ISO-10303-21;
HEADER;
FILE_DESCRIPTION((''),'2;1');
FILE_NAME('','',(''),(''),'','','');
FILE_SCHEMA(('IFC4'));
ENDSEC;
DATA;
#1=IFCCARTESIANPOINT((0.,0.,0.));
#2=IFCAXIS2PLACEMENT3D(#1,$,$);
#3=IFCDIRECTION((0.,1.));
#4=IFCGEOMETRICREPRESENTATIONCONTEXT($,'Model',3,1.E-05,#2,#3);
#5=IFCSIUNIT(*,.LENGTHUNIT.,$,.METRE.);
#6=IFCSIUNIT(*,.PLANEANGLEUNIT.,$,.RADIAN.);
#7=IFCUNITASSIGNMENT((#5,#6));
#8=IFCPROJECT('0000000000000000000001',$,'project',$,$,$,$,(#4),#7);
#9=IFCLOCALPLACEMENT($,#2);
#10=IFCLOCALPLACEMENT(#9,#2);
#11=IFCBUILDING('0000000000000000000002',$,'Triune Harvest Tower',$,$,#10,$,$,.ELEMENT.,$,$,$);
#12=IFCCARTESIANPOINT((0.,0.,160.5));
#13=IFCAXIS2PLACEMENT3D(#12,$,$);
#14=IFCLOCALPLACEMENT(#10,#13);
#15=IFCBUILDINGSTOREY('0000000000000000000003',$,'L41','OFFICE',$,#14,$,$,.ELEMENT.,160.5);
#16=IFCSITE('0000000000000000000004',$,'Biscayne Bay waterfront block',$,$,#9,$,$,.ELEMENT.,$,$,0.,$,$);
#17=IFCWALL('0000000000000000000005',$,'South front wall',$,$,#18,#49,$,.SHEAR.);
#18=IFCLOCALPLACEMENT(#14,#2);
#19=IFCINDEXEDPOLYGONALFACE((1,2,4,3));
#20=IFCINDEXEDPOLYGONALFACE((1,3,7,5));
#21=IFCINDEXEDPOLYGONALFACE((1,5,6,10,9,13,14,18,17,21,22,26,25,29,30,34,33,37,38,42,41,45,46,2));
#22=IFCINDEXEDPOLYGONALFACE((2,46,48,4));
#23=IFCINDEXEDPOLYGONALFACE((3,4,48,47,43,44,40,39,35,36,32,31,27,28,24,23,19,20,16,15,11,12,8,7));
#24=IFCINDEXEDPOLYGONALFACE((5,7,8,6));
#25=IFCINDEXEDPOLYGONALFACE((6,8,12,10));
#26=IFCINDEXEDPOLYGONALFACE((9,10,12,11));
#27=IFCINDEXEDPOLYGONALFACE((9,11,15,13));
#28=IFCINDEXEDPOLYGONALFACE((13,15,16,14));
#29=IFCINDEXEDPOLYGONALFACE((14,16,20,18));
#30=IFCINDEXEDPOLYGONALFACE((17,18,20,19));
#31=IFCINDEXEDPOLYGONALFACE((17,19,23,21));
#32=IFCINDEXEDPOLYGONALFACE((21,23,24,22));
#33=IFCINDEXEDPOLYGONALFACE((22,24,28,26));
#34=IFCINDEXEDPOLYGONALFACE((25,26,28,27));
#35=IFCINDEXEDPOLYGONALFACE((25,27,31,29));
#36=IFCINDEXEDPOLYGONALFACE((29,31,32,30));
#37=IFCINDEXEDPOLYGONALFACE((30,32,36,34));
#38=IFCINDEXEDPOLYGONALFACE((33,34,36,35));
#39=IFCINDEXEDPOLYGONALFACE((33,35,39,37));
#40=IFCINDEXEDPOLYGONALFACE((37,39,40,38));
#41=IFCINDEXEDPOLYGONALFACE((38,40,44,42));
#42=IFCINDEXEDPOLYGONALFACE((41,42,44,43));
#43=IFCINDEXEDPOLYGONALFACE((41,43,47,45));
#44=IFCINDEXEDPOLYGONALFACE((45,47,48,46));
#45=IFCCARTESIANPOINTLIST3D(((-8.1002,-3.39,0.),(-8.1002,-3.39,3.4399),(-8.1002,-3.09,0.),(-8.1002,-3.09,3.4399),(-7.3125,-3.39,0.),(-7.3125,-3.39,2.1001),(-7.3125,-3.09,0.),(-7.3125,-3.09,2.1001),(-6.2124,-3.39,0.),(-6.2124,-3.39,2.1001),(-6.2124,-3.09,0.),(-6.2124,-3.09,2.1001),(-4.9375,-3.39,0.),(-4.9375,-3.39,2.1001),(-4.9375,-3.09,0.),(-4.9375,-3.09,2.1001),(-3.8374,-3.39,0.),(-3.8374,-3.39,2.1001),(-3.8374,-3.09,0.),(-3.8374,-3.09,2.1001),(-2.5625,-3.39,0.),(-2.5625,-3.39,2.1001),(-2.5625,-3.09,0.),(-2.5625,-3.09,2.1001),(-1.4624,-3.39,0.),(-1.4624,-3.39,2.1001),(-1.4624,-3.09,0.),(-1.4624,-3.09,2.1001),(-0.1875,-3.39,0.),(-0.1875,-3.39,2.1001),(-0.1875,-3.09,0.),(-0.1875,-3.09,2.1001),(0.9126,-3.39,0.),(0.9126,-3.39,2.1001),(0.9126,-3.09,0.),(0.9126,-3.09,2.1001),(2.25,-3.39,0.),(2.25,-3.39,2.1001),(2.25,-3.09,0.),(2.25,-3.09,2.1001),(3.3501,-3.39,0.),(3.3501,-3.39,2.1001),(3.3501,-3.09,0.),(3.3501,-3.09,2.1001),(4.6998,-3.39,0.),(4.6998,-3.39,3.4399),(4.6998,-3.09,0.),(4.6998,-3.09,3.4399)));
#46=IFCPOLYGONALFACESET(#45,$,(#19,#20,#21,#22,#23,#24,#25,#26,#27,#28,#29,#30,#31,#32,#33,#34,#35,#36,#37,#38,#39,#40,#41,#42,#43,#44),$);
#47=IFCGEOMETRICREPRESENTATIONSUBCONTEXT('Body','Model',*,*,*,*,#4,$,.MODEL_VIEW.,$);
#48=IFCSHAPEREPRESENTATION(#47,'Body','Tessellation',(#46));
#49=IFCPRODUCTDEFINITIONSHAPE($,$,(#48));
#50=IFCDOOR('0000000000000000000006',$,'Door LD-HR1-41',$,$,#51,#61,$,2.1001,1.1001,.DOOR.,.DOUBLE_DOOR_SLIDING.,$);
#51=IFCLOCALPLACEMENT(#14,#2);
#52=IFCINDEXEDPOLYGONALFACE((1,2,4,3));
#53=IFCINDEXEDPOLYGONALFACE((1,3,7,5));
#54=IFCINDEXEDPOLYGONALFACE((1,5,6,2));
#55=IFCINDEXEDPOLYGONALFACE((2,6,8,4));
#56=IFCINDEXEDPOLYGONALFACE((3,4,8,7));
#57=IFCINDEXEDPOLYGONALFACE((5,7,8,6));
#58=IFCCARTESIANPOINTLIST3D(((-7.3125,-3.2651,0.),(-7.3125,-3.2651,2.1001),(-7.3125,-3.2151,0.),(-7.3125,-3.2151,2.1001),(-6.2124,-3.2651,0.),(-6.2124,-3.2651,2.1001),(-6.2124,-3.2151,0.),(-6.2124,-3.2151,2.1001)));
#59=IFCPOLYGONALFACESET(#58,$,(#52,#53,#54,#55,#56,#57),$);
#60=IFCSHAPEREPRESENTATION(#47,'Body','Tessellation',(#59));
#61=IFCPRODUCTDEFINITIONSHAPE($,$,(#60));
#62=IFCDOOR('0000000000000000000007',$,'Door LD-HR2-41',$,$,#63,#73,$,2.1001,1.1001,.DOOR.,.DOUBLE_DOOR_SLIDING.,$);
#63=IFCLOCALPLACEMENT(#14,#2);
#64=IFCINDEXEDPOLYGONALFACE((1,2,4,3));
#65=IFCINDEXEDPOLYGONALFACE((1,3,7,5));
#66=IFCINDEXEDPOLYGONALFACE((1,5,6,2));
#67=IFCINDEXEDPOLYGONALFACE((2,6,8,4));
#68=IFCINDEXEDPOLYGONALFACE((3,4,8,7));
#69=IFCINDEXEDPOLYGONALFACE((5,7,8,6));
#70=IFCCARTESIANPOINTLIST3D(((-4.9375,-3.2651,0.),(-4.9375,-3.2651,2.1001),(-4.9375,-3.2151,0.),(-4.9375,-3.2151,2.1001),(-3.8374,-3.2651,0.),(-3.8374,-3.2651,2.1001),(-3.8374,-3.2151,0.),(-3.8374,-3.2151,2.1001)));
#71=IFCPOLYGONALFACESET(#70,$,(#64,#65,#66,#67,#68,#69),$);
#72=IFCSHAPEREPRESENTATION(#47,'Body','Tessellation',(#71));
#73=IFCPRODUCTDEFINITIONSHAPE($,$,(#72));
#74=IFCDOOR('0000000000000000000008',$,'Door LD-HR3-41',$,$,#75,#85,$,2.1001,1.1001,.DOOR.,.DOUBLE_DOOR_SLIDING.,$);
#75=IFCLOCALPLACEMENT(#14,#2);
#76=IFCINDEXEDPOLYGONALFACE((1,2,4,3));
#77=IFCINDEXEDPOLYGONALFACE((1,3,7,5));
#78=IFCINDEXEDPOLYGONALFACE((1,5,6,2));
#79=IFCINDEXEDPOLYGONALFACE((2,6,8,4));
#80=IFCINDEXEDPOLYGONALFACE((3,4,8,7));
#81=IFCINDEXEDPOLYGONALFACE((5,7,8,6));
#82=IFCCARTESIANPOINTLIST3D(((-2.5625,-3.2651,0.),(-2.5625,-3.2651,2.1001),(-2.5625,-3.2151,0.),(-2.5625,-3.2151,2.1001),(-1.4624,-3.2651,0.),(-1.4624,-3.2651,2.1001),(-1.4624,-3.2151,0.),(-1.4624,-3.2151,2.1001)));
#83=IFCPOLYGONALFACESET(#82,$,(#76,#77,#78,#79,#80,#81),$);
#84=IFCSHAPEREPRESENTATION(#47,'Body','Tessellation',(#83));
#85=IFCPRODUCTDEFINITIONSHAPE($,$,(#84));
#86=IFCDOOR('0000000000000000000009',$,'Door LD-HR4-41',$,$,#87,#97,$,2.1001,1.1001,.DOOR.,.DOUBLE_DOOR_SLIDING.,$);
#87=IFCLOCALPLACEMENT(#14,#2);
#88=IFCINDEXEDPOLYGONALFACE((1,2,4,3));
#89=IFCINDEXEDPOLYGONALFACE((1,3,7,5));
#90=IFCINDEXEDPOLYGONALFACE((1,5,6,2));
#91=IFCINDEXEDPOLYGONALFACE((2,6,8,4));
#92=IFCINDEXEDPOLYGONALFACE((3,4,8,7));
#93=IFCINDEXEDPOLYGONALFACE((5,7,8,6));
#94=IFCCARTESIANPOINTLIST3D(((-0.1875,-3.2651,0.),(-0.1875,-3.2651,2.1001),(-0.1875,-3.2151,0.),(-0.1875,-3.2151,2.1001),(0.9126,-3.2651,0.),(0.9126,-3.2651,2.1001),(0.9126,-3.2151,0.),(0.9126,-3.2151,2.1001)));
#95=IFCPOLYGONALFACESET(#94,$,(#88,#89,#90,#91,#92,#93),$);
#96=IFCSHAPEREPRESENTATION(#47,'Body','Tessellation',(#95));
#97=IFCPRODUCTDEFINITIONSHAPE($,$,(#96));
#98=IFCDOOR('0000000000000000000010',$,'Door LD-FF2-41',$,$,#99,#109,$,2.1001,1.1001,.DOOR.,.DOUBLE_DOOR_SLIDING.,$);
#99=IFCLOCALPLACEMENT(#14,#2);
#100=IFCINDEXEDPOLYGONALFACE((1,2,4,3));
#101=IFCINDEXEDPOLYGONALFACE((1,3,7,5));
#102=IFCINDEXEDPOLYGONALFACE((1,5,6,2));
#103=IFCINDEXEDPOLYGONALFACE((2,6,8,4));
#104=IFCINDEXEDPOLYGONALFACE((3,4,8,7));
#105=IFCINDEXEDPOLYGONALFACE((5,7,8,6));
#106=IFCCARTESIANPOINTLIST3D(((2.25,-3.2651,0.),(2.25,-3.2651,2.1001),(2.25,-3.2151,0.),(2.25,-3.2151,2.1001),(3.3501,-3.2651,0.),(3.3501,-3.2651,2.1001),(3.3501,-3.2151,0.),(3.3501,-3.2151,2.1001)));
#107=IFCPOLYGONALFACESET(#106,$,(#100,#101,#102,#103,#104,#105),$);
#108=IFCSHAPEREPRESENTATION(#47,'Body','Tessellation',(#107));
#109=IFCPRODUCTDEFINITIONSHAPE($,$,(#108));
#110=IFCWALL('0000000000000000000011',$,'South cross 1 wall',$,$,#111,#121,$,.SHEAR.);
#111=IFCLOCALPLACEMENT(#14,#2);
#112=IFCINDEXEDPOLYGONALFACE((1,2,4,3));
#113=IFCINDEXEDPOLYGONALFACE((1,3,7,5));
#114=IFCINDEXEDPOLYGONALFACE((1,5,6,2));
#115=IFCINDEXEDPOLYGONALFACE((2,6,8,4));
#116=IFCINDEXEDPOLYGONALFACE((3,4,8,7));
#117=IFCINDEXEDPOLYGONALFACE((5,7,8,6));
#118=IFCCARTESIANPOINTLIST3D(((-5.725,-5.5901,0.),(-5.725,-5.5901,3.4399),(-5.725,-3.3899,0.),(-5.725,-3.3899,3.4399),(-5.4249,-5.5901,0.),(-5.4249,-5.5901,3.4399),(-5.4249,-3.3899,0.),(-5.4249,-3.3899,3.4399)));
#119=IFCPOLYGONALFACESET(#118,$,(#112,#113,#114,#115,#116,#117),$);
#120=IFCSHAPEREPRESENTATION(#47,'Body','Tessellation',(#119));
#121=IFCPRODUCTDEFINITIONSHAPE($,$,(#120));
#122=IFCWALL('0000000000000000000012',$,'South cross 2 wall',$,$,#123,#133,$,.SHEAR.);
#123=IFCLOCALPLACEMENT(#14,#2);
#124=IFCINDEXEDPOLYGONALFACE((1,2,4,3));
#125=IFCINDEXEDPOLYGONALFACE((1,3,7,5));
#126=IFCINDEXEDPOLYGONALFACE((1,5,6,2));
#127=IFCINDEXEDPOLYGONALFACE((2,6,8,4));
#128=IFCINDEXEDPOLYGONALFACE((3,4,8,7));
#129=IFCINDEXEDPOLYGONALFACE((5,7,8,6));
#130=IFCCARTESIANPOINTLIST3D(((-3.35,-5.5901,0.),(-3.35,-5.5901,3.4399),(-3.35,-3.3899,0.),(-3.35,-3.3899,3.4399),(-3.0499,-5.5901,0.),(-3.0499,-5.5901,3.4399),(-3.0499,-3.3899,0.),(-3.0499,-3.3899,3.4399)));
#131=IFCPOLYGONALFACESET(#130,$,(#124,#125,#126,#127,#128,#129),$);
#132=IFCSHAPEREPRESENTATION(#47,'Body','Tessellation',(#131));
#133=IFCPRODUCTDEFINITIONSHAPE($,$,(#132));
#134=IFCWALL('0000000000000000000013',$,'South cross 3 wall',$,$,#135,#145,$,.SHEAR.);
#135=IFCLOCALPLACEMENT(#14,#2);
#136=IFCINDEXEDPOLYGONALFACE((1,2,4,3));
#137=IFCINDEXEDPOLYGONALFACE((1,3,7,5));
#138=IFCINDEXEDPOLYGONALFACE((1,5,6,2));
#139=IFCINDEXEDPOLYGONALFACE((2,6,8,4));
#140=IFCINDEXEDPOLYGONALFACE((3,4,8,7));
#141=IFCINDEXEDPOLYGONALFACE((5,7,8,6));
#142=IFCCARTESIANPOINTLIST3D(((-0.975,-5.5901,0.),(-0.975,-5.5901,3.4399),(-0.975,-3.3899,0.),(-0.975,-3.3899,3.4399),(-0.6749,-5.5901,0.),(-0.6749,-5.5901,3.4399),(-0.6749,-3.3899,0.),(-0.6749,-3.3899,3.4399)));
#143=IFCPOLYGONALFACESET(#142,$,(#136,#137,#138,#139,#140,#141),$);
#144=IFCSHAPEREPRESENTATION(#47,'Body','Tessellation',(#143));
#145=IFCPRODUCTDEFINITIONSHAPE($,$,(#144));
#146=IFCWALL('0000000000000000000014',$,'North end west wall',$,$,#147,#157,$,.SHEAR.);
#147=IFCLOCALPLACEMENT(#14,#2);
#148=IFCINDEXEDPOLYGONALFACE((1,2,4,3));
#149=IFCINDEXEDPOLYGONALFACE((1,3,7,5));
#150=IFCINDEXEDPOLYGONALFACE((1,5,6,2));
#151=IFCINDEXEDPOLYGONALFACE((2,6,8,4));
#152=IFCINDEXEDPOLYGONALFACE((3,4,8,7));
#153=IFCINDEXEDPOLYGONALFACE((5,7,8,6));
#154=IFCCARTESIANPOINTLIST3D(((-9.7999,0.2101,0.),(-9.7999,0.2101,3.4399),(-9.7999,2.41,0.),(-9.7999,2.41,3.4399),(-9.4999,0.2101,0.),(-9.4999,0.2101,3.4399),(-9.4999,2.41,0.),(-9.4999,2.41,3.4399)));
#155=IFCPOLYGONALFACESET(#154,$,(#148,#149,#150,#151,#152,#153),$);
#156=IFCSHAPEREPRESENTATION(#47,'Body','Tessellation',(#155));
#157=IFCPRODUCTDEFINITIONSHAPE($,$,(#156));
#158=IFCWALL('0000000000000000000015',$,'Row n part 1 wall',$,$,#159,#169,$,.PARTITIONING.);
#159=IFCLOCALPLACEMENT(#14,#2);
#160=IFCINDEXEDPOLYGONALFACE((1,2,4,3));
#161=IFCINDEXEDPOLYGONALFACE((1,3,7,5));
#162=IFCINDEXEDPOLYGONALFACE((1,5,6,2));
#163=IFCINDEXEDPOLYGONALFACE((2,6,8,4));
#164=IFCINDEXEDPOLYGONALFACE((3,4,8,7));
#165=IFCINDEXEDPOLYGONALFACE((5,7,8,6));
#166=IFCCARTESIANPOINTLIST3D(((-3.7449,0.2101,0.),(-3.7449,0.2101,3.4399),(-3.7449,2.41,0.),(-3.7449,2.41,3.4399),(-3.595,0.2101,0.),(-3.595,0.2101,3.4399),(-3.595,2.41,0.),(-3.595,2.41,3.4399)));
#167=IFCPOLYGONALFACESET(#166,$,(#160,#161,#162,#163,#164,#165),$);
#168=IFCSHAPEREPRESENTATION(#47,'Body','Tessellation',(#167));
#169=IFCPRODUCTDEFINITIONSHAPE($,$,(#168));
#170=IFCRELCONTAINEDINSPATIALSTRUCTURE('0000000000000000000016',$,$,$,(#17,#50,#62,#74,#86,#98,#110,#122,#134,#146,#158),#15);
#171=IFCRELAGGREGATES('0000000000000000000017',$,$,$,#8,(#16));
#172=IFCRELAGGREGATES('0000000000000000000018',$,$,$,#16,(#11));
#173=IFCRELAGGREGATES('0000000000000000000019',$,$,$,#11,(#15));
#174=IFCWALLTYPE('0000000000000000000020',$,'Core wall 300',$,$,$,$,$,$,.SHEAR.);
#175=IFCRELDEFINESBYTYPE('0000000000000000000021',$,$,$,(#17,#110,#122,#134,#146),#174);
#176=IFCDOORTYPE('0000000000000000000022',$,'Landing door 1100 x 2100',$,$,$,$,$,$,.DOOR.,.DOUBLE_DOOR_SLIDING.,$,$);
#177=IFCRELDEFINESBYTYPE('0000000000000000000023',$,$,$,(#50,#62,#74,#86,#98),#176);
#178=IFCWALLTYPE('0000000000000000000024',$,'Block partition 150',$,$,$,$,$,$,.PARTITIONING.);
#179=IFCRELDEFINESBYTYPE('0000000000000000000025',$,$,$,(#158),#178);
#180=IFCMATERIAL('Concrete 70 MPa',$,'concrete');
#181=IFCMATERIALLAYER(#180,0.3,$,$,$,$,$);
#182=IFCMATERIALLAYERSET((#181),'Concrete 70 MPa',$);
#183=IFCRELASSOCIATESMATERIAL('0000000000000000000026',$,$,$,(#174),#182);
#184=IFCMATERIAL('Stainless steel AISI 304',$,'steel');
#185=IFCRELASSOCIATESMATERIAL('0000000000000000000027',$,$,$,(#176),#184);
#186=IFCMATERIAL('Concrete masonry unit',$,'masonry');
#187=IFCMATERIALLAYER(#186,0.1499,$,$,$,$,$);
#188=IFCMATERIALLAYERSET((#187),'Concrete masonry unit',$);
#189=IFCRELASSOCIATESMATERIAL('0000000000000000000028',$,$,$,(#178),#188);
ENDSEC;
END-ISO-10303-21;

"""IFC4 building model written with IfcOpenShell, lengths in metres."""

from ifc_helpers import new_model, si_unit, direction, frame, frame_2d, origin, place, context, subcontext, project, spatial, rectangle, extrude, source, transform, mapped, material, layer, layer_set, type_object, element, fill, save


model = new_model("IFC4")

# Units and contexts
model_context = context("Model", 3, precision=1e-05, world=origin(), true_north=direction((0.0, 1.0)))
body_context = subcontext(model_context, "Body", "Model", "MODEL_VIEW")
ifc_project = project(units=[si_unit("LENGTHUNIT", "METRE"), si_unit("PLANEANGLEUNIT", "RADIAN")], contexts=[model_context])

# Site, building, storey
site_placement = place(None, origin())
site = spatial("IfcSite", under=ifc_project, at=site_placement, Name="Biscayne Bay waterfront block", CompositionType="ELEMENT", RefElevation=0.0)
building_placement = place(site_placement, origin())
building = spatial("IfcBuilding", under=site, at=building_placement, Name="Triune Harvest Tower", CompositionType="ELEMENT")
storey_placement = place(building_placement, frame((0.0, 0.0, 160.5)))
storey = spatial("IfcBuildingStorey", under=building, at=storey_placement, Name="L41", Description="OFFICE", CompositionType="ELEMENT", Elevation=160.5)

# Wall, openings, doors
ifc_material_1 = material(Name="Concrete 70 MPa", Category="concrete")
ifc_layer_1 = layer(ifc_material_1, 0.3)
ifc_layer_set_1 = layer_set([ifc_layer_1], Name="Concrete 70 MPa")
wall_type_1 = type_object("IfcWallType", Name="Core wall 300", PredefinedType="SHEAR", material=ifc_layer_set_1)
shared_shape_1 = source(origin(), body_context, "Body", "SweptSolid", [
    extrude(rectangle(XDim=12.8, YDim=0.3, at=frame_2d((6.3999, 0.0))), origin(), (0.0, 0.0, 1.0), 3.4399),
])
wall_1_placement = place(storey_placement, frame((-8.1001, -3.24, 0.0), z_axis=(0.0, 0.0, 1.0), x_axis=(1.0, 0.0, 0.0)))
wall_1 = element("IfcWall", 1, at=wall_1_placement, inside=storey, type_object=wall_type_1, Name="South front wall", PredefinedType="SHEAR", context=body_context, shape_type="MappedRepresentation", body=[
    mapped(shared_shape_1, transform((0.0, 0.0, 0.0), scale=1.0)),
])
opening_1_placement = place(wall_1_placement, frame((0.7876, 0.0, 0.0)))
opening_1 = element("IfcOpeningElement", 2, at=opening_1_placement, cuts=wall_1, PredefinedType="OPENING", context=body_context, shape_type="SweptSolid", body=[
    extrude(rectangle(XDim=1.1001, YDim=2.1001, at=frame_2d((0.55, 1.05))), frame((0.0, 0.1602, 0.0), z_axis=(0.0, -1.0, 0.0), x_axis=(1.0, 0.0, 0.0)), (0.0, 0.0, 1.0), 0.3201),
])
opening_2_placement = place(wall_1_placement, frame((3.1626, 0.0, 0.0)))
opening_2 = element("IfcOpeningElement", 3, at=opening_2_placement, cuts=wall_1, PredefinedType="OPENING", context=body_context, shape_type="SweptSolid", body=[
    extrude(rectangle(XDim=1.1001, YDim=2.1001, at=frame_2d((0.55, 1.05))), frame((0.0, 0.1602, 0.0), z_axis=(0.0, -1.0, 0.0), x_axis=(1.0, 0.0, 0.0)), (0.0, 0.0, 1.0), 0.3201),
])
opening_3_placement = place(wall_1_placement, frame((5.5376, 0.0, 0.0)))
opening_3 = element("IfcOpeningElement", 4, at=opening_3_placement, cuts=wall_1, PredefinedType="OPENING", context=body_context, shape_type="SweptSolid", body=[
    extrude(rectangle(XDim=1.1001, YDim=2.1001, at=frame_2d((0.55, 1.05))), frame((0.0, 0.1602, 0.0), z_axis=(0.0, -1.0, 0.0), x_axis=(1.0, 0.0, 0.0)), (0.0, 0.0, 1.0), 0.3201),
])
opening_4_placement = place(wall_1_placement, frame((7.9126, 0.0, 0.0)))
opening_4 = element("IfcOpeningElement", 5, at=opening_4_placement, cuts=wall_1, PredefinedType="OPENING", context=body_context, shape_type="SweptSolid", body=[
    extrude(rectangle(XDim=1.1001, YDim=2.1001, at=frame_2d((0.55, 1.05))), frame((0.0, 0.1602, 0.0), z_axis=(0.0, -1.0, 0.0), x_axis=(1.0, 0.0, 0.0)), (0.0, 0.0, 1.0), 0.3201),
])
opening_5_placement = place(wall_1_placement, frame((10.3501, 0.0, 0.0)))
opening_5 = element("IfcOpeningElement", 6, at=opening_5_placement, cuts=wall_1, PredefinedType="OPENING", context=body_context, shape_type="SweptSolid", body=[
    extrude(rectangle(XDim=1.1001, YDim=2.1001, at=frame_2d((0.55, 1.05))), frame((0.0, 0.1602, 0.0), z_axis=(0.0, -1.0, 0.0), x_axis=(1.0, 0.0, 0.0)), (0.0, 0.0, 1.0), 0.3201),
])
ifc_material_2 = material(Name="Stainless steel AISI 304", Category="steel")
door_type_1 = type_object("IfcDoorType", Name="Landing door 1100 x 2100", OperationType="DOUBLE_DOOR_SLIDING", PredefinedType="DOOR", material=ifc_material_2)
door_1_placement = place(opening_1_placement, origin())
door_1 = element("IfcDoor", 7, at=door_1_placement, inside=storey, type_object=door_type_1, Name="Door LD-HR1-41", OperationType="DOUBLE_DOOR_SLIDING", OverallHeight=2.1001, OverallWidth=1.1001, PredefinedType="DOOR", context=body_context, shape_type="SweptSolid", body=[
    extrude(rectangle(XDim=1.1001, YDim=2.1001, at=frame_2d((0.55, 1.05))), frame((0.0, 0.0249, 0.0), z_axis=(0.0, -1.0, 0.0), x_axis=(1.0, 0.0, 0.0)), (0.0, 0.0, 1.0), 0.05),
])
fill(opening_1, door_1)
door_2_placement = place(opening_2_placement, origin())
door_2 = element("IfcDoor", 8, at=door_2_placement, inside=storey, type_object=door_type_1, Name="Door LD-HR2-41", OperationType="DOUBLE_DOOR_SLIDING", OverallHeight=2.1001, OverallWidth=1.1001, PredefinedType="DOOR", context=body_context, shape_type="SweptSolid", body=[
    extrude(rectangle(XDim=1.1001, YDim=2.1001, at=frame_2d((0.55, 1.05))), frame((0.0, 0.0249, 0.0), z_axis=(0.0, -1.0, 0.0), x_axis=(1.0, 0.0, 0.0)), (0.0, 0.0, 1.0), 0.05),
])
fill(opening_2, door_2)
door_3_placement = place(opening_3_placement, origin())
door_3 = element("IfcDoor", 9, at=door_3_placement, inside=storey, type_object=door_type_1, Name="Door LD-HR3-41", OperationType="DOUBLE_DOOR_SLIDING", OverallHeight=2.1001, OverallWidth=1.1001, PredefinedType="DOOR", context=body_context, shape_type="SweptSolid", body=[
    extrude(rectangle(XDim=1.1001, YDim=2.1001, at=frame_2d((0.55, 1.05))), frame((0.0, 0.0249, 0.0), z_axis=(0.0, -1.0, 0.0), x_axis=(1.0, 0.0, 0.0)), (0.0, 0.0, 1.0), 0.05),
])
fill(opening_3, door_3)
door_4_placement = place(opening_4_placement, origin())
door_4 = element("IfcDoor", 10, at=door_4_placement, inside=storey, type_object=door_type_1, Name="Door LD-HR4-41", OperationType="DOUBLE_DOOR_SLIDING", OverallHeight=2.1001, OverallWidth=1.1001, PredefinedType="DOOR", context=body_context, shape_type="SweptSolid", body=[
    extrude(rectangle(XDim=1.1001, YDim=2.1001, at=frame_2d((0.55, 1.05))), frame((0.0, 0.0249, 0.0), z_axis=(0.0, -1.0, 0.0), x_axis=(1.0, 0.0, 0.0)), (0.0, 0.0, 1.0), 0.05),
])
fill(opening_4, door_4)
door_5_placement = place(opening_5_placement, origin())
door_5 = element("IfcDoor", 11, at=door_5_placement, inside=storey, type_object=door_type_1, Name="Door LD-FF2-41", OperationType="DOUBLE_DOOR_SLIDING", OverallHeight=2.1001, OverallWidth=1.1001, PredefinedType="DOOR", context=body_context, shape_type="SweptSolid", body=[
    extrude(rectangle(XDim=1.1001, YDim=2.1001, at=frame_2d((0.55, 1.05))), frame((0.0, 0.0249, 0.0), z_axis=(0.0, -1.0, 0.0), x_axis=(1.0, 0.0, 0.0)), (0.0, 0.0, 1.0), 0.05),
])
fill(opening_5, door_5)

# Walls
shared_shape_2 = source(origin(), body_context, "Body", "SweptSolid", [
    extrude(rectangle(XDim=2.2002, YDim=0.3, at=frame_2d((1.1001, 0.0))), origin(), (0.0, 0.0, 1.0), 3.4399),
])
for number, where, z_axis, x_axis, name in (
    (12, (-5.575, -5.5901, 0.0), (0.0, 0.0, 1.0), (0.0, 1.0, 0.0), "South cross 1 wall"),
    (13, (-3.2, -5.5901, 0.0), (0.0, 0.0, 1.0), (0.0, 1.0, 0.0), "South cross 2 wall"),
    (14, (-0.825, -5.5901, 0.0), (0.0, 0.0, 1.0), (0.0, 1.0, 0.0), "South cross 3 wall"),
):
    element("IfcWall", number, at=place(storey_placement, frame(where, z_axis=z_axis, x_axis=x_axis)), inside=storey, type_object=wall_type_1, Name=name, PredefinedType="SHEAR", context=body_context, shape_type="MappedRepresentation", body=[
        mapped(shared_shape_2, transform((0.0, 0.0, 0.0), scale=1.0)),
    ])
shared_shape_3 = source(origin(), body_context, "Body", "SweptSolid", [
    extrude(rectangle(XDim=2.2, YDim=0.3, at=frame_2d((1.1001, 0.0))), origin(), (0.0, 0.0, 1.0), 3.4399),
])
wall_2_placement = place(storey_placement, frame((-9.6499, 0.21, 0.0), z_axis=(0.0, 0.0, 1.0), x_axis=(0.0, 1.0, 0.0)))
element("IfcWall", 15, at=wall_2_placement, inside=storey, type_object=wall_type_1, Name="North end west wall", PredefinedType="SHEAR", context=body_context, shape_type="MappedRepresentation", body=[
    mapped(shared_shape_3, transform((0.0, 0.0, 0.0), scale=1.0)),
])
ifc_material_3 = material(Name="Concrete masonry unit", Category="masonry")
ifc_layer_2 = layer(ifc_material_3, 0.1499)
ifc_layer_set_2 = layer_set([ifc_layer_2], Name="Concrete masonry unit")
wall_type_2 = type_object("IfcWallType", Name="Block partition 150", PredefinedType="PARTITIONING", material=ifc_layer_set_2)
shared_shape_4 = source(origin(), body_context, "Body", "SweptSolid", [
    extrude(rectangle(XDim=2.2, YDim=0.1499, at=frame_2d((1.1001, 0.0))), origin(), (0.0, 0.0, 1.0), 3.4399),
])
wall_3_placement = place(storey_placement, frame((-3.6699, 0.21, 0.0), z_axis=(0.0, 0.0, 1.0), x_axis=(0.0, 1.0, 0.0)))
element("IfcWall", 16, at=wall_3_placement, inside=storey, type_object=wall_type_2, Name="Row n part 1 wall", PredefinedType="PARTITIONING", context=body_context, shape_type="MappedRepresentation", body=[
    mapped(shared_shape_4, transform((0.0, 0.0, 0.0), scale=1.0)),
])

save(model, "model.ifc")
